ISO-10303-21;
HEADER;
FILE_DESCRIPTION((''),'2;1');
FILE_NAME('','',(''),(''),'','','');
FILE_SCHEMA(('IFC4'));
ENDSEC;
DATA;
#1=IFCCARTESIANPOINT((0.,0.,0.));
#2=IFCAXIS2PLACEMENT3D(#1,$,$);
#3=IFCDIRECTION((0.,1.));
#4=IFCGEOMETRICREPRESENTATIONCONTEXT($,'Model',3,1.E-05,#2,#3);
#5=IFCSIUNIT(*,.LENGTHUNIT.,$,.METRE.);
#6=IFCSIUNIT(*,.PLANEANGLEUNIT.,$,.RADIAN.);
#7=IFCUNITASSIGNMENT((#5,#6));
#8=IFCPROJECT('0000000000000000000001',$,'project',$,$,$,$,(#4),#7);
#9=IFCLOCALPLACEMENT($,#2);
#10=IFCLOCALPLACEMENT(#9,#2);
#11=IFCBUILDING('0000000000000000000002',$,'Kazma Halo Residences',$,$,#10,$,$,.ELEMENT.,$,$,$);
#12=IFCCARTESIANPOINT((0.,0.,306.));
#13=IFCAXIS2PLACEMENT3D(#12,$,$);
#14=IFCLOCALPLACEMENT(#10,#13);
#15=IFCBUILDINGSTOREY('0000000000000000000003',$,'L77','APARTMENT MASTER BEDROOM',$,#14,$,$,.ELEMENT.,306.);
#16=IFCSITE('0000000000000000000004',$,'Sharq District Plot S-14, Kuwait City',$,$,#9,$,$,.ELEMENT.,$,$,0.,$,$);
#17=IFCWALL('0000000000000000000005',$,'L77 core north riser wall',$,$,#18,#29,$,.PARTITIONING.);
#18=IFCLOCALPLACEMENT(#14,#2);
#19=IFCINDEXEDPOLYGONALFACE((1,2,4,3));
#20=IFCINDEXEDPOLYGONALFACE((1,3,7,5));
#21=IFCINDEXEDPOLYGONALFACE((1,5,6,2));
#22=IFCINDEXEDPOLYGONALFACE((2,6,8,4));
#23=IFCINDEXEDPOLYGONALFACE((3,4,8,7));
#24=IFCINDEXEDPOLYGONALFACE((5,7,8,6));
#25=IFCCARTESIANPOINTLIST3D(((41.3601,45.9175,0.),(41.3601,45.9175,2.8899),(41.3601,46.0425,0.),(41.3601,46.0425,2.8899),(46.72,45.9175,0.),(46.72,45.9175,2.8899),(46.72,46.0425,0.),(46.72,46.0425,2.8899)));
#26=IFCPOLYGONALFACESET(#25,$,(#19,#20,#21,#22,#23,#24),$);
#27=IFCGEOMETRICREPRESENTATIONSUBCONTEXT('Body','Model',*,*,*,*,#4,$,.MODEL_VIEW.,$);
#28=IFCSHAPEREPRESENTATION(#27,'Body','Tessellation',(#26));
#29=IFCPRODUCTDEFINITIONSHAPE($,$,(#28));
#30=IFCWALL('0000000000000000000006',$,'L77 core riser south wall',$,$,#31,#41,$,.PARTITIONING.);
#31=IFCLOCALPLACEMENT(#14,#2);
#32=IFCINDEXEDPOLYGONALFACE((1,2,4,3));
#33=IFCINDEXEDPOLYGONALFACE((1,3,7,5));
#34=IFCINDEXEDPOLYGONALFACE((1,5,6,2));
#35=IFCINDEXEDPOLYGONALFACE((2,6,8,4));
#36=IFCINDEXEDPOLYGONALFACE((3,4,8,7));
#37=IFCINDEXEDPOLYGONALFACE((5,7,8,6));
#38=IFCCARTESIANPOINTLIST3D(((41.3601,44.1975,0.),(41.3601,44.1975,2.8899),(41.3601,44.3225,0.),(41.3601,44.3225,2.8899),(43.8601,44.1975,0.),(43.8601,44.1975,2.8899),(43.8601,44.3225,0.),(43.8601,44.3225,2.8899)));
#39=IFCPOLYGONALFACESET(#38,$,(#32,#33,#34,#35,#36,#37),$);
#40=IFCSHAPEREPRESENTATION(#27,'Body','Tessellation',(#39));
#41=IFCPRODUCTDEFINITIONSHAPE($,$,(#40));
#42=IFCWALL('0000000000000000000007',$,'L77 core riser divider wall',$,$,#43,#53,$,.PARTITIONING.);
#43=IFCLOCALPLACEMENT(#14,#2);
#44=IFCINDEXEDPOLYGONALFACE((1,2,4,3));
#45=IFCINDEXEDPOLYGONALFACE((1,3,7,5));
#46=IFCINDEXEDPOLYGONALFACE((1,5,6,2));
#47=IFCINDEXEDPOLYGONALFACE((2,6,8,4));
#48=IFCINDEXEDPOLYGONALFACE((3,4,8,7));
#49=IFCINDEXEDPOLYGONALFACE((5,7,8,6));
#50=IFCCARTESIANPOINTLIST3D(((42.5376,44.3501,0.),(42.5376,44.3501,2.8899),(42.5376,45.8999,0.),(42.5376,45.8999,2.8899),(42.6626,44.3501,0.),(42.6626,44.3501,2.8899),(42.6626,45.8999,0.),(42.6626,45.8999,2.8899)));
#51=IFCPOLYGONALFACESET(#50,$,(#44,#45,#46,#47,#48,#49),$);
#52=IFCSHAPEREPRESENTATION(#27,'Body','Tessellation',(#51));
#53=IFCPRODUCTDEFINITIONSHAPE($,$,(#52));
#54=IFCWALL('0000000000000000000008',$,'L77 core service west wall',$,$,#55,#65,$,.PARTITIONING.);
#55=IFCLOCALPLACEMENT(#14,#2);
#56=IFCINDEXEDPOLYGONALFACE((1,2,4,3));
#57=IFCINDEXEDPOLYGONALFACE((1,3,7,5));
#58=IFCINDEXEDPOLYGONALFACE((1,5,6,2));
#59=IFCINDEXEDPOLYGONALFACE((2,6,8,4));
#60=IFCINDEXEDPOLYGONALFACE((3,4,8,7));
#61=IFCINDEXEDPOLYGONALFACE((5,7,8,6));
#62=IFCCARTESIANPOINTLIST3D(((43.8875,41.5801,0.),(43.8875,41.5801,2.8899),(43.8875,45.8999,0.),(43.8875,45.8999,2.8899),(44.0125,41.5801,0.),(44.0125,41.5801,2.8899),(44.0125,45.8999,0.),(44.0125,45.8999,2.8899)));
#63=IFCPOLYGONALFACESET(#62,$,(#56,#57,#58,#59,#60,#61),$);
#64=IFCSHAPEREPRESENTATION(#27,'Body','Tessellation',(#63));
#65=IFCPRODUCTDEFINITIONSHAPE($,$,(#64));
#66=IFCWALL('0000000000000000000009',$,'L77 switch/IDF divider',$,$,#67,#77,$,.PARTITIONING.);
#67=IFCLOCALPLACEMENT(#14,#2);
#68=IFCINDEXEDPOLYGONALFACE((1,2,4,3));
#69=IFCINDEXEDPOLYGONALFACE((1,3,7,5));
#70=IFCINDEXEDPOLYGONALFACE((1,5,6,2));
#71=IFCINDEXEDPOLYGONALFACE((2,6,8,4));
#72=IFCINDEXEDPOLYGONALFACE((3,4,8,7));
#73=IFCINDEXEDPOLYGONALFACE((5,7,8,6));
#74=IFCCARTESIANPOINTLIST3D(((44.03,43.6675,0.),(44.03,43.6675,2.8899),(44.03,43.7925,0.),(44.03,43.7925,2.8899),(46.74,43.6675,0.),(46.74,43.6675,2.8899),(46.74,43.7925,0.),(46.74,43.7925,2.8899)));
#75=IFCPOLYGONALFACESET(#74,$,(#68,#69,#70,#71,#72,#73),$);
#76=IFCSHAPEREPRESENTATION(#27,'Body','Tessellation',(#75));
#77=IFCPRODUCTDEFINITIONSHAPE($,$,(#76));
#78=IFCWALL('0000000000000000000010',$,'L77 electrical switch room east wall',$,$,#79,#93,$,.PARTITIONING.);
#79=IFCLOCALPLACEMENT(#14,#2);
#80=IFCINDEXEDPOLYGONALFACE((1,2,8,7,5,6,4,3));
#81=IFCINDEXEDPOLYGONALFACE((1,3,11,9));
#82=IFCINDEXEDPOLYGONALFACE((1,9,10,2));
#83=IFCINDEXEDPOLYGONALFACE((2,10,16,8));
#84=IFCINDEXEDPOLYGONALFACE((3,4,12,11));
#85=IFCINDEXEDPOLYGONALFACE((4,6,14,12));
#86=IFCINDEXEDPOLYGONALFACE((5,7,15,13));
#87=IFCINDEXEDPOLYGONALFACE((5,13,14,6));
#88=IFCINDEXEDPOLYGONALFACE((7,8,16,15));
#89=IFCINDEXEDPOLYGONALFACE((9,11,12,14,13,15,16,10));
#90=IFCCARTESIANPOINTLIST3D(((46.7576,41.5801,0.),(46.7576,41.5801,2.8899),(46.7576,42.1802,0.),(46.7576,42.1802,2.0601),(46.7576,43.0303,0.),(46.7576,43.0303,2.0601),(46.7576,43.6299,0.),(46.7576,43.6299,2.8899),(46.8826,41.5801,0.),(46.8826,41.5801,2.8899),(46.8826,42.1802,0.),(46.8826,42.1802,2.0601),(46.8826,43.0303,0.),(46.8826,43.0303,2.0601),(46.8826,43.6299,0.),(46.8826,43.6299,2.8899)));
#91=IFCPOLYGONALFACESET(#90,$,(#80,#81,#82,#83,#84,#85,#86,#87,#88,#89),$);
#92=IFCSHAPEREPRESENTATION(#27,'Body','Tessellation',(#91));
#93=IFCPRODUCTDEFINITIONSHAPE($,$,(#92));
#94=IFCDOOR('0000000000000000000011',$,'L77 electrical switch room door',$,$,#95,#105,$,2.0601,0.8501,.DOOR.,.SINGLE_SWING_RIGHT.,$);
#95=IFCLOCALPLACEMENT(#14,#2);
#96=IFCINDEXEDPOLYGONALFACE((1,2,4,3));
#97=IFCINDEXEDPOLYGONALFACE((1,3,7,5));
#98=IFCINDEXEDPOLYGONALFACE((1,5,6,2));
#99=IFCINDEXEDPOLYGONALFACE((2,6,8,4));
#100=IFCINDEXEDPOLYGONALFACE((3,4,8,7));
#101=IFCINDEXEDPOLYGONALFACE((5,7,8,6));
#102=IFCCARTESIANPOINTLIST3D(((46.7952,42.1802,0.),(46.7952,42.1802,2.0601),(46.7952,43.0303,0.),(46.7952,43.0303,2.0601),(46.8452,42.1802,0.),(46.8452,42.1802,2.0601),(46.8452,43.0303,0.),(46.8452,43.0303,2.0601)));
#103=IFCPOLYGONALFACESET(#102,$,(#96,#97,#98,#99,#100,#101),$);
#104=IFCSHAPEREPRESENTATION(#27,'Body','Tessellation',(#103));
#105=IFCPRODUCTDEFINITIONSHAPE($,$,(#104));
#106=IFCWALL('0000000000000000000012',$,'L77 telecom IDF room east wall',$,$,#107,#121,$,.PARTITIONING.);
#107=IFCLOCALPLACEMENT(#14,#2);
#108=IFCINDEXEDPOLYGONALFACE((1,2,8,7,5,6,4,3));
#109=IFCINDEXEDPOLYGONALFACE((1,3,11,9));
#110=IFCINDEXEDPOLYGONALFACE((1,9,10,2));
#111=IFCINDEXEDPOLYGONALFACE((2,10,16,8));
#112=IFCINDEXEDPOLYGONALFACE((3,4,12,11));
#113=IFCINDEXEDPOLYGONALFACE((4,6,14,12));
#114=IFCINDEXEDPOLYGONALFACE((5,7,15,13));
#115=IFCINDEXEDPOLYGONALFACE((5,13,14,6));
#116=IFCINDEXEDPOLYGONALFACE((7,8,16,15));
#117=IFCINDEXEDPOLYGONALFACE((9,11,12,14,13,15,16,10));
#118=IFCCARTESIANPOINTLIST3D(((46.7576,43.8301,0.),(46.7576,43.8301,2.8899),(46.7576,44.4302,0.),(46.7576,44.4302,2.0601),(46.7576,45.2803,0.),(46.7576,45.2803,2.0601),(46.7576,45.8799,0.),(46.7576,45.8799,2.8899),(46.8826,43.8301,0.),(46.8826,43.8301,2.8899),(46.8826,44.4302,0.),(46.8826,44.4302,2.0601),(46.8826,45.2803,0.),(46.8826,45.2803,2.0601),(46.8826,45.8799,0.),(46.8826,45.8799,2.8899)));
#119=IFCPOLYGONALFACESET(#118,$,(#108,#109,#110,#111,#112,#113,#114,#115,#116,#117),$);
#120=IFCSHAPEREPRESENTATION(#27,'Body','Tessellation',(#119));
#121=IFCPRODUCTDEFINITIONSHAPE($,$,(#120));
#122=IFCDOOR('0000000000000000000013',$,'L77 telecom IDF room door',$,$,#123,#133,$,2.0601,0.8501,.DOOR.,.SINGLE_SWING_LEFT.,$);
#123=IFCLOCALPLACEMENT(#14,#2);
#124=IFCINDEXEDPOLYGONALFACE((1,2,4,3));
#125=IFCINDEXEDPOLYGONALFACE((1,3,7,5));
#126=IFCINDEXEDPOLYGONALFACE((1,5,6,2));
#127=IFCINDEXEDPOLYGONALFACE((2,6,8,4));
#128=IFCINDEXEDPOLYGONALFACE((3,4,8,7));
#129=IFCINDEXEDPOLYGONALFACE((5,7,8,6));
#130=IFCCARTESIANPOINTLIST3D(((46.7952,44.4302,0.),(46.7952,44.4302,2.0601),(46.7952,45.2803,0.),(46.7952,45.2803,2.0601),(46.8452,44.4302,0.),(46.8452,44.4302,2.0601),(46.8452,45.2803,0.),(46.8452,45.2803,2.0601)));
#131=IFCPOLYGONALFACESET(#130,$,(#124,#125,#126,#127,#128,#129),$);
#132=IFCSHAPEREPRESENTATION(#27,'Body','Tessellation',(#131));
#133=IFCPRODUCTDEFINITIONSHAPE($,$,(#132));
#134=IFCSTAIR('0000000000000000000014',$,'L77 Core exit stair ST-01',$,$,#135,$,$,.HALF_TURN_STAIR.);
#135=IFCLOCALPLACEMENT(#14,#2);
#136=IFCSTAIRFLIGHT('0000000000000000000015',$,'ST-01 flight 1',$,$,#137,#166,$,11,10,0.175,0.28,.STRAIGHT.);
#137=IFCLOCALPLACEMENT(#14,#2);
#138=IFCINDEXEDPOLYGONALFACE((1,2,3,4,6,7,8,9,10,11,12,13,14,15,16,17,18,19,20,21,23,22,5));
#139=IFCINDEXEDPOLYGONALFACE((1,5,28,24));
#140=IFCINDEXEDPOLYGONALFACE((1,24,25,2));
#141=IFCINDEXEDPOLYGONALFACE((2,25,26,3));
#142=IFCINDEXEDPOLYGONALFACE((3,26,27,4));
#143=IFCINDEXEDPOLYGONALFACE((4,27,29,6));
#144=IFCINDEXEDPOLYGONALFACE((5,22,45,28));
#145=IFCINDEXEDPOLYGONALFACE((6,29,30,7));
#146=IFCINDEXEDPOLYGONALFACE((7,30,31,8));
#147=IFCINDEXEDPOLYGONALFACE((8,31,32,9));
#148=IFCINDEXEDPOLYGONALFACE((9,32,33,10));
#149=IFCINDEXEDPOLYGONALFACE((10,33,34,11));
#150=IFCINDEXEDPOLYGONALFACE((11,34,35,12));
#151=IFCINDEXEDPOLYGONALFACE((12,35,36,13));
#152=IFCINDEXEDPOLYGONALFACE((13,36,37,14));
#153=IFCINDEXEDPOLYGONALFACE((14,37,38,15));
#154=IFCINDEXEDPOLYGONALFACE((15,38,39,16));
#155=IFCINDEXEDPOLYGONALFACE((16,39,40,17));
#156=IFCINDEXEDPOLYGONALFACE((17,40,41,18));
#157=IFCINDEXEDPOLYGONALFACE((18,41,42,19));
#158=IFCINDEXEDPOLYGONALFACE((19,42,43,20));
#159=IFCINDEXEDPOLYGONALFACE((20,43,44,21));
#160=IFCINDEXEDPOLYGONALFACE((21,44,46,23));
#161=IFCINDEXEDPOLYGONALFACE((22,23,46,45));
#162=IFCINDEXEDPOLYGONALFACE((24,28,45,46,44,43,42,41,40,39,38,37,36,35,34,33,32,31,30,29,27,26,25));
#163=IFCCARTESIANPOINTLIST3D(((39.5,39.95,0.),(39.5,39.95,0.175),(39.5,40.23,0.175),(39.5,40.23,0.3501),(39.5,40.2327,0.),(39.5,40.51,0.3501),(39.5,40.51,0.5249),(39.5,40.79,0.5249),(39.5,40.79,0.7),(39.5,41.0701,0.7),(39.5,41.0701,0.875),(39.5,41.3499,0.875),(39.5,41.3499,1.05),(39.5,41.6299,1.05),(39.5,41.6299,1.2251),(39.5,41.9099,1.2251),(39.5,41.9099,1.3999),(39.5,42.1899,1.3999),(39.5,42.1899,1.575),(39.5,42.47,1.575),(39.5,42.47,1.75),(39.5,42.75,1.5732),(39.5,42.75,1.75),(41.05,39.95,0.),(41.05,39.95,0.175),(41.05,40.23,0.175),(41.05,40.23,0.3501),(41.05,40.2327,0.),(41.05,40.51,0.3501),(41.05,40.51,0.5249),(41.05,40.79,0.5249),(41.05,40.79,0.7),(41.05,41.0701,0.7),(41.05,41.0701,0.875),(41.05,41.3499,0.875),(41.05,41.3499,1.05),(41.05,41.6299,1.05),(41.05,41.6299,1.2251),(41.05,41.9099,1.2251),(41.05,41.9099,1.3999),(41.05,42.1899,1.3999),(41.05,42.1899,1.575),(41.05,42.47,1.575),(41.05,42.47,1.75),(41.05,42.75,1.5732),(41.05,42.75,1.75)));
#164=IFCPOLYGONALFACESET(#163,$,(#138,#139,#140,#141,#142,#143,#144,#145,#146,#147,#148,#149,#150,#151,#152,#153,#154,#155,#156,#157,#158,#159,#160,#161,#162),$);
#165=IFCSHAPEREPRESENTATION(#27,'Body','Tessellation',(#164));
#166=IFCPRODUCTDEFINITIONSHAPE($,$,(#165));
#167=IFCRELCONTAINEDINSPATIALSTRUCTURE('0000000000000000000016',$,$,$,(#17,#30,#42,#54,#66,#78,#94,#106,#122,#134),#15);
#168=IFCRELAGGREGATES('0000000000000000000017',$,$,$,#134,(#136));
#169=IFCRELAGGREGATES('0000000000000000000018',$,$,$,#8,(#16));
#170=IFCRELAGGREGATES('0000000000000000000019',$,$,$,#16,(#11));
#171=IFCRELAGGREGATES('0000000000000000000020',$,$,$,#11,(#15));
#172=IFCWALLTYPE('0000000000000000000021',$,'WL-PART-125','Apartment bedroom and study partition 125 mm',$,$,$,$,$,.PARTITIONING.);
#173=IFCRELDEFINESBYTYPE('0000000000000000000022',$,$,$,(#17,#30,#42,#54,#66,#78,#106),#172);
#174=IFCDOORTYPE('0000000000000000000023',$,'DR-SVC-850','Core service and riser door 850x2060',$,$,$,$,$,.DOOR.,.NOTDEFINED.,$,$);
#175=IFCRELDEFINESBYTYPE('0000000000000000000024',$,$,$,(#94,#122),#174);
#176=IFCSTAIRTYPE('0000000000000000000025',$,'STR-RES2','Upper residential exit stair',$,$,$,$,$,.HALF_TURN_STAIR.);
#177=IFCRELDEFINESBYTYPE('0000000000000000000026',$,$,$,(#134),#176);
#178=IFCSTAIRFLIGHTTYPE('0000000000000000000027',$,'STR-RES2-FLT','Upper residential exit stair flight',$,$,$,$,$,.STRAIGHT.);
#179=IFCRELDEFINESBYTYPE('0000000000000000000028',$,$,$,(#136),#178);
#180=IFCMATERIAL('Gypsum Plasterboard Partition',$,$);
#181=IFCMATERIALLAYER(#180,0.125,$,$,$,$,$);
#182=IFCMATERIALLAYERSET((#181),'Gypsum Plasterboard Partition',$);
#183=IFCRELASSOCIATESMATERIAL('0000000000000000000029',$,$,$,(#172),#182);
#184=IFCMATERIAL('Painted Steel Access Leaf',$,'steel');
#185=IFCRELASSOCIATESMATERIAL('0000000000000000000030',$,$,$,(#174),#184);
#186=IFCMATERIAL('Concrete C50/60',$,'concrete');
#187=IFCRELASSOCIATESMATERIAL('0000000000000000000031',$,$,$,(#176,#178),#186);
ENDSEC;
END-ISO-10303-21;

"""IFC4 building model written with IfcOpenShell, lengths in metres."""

from ifc_helpers import new_model, si_unit, direction, frame, frame_2d, origin, place, context, subcontext, project, spatial, polyline, rectangle, outline, extrude, material, layer, layer_set, type_object, element, fill, aggregate, save


model = new_model("IFC4")

# Units and contexts
model_context = context("Model", 3, precision=1e-05, world=origin(), true_north=direction((0.0, 1.0)))
body_context = subcontext(model_context, "Body", "Model", "MODEL_VIEW")
ifc_project = project(units=[si_unit("LENGTHUNIT", "METRE"), si_unit("PLANEANGLEUNIT", "RADIAN")], contexts=[model_context])

# Site, building, storey
site_placement = place(None, origin())
site = spatial("IfcSite", under=ifc_project, at=site_placement, Name="Sharq District Plot S-14, Kuwait City", CompositionType="ELEMENT", RefElevation=0.0)
building_placement = place(site_placement, origin())
building = spatial("IfcBuilding", under=site, at=building_placement, Name="Kazma Halo Residences", CompositionType="ELEMENT")
storey_placement = place(building_placement, frame((0.0, 0.0, 306.0)))
storey = spatial("IfcBuildingStorey", under=building, at=storey_placement, Name="L77", Description="APARTMENT MASTER BEDROOM", CompositionType="ELEMENT", Elevation=306.0)

# Walls
ifc_material_1 = material(Name="Gypsum Plasterboard Partition")
ifc_layer_1 = layer(ifc_material_1, 0.125)
ifc_layer_set_1 = layer_set([ifc_layer_1], Name="Gypsum Plasterboard Partition")
wall_type_1 = type_object("IfcWallType", Name="WL-PART-125", Description="Apartment bedroom and study partition 125 mm", PredefinedType="PARTITIONING", material=ifc_layer_set_1)
wall_1_placement = place(storey_placement, frame((41.3601, 45.98, 0.0), z_axis=(0.0, 0.0, 1.0), x_axis=(1.0, 0.0, 0.0)))
element("IfcWall", 1, at=wall_1_placement, inside=storey, type_object=wall_type_1, Name="L77 core north riser wall", PredefinedType="PARTITIONING", context=body_context, shape_type="SweptSolid", body=[
    extrude(rectangle(XDim=5.3599, YDim=0.125, at=frame_2d((2.6799, 0.0))), origin(), (0.0, 0.0, 1.0), 2.8899),
])
wall_2_placement = place(storey_placement, frame((41.3601, 44.26, 0.0), z_axis=(0.0, 0.0, 1.0), x_axis=(1.0, 0.0, 0.0)))
element("IfcWall", 2, at=wall_2_placement, inside=storey, type_object=wall_type_1, Name="L77 core riser south wall", PredefinedType="PARTITIONING", context=body_context, shape_type="SweptSolid", body=[
    extrude(rectangle(XDim=2.5, YDim=0.125, at=frame_2d((1.25, 0.0))), origin(), (0.0, 0.0, 1.0), 2.8899),
])
wall_3_placement = place(storey_placement, frame((42.6001, 44.3501, 0.0), z_axis=(0.0, 0.0, 1.0), x_axis=(0.0, 1.0, 0.0)))
element("IfcWall", 3, at=wall_3_placement, inside=storey, type_object=wall_type_1, Name="L77 core riser divider wall", PredefinedType="PARTITIONING", context=body_context, shape_type="SweptSolid", body=[
    extrude(rectangle(XDim=1.5498, YDim=0.125, at=frame_2d((0.7749, 0.0))), origin(), (0.0, 0.0, 1.0), 2.8899),
])
wall_4_placement = place(storey_placement, frame((43.95, 41.5801, 0.0), z_axis=(0.0, 0.0, 1.0), x_axis=(0.0, 1.0, 0.0)))
element("IfcWall", 4, at=wall_4_placement, inside=storey, type_object=wall_type_1, Name="L77 core service west wall", PredefinedType="PARTITIONING", context=body_context, shape_type="SweptSolid", body=[
    extrude(rectangle(XDim=4.3198, YDim=0.125, at=frame_2d((2.1599, 0.0))), origin(), (0.0, 0.0, 1.0), 2.8899),
])
wall_5_placement = place(storey_placement, frame((44.03, 43.73, 0.0), z_axis=(0.0, 0.0, 1.0), x_axis=(1.0, 0.0, 0.0)))
element("IfcWall", 5, at=wall_5_placement, inside=storey, type_object=wall_type_1, Name="L77 switch/IDF divider", PredefinedType="PARTITIONING", context=body_context, shape_type="SweptSolid", body=[
    extrude(rectangle(XDim=2.71, YDim=0.125, at=frame_2d((1.355, 0.0))), origin(), (0.0, 0.0, 1.0), 2.8899),
])

# Walls, openings, doors
wall_6_placement = place(storey_placement, frame((46.8201, 41.5801, 0.0), z_axis=(0.0, 0.0, 1.0), x_axis=(0.0, 1.0, 0.0)))
wall_6 = element("IfcWall", 6, at=wall_6_placement, inside=storey, type_object=wall_type_1, Name="L77 electrical switch room east wall", PredefinedType="PARTITIONING", context=body_context, shape_type="SweptSolid", body=[
    extrude(rectangle(XDim=2.0498, YDim=0.125, at=frame_2d((1.0249, 0.0))), origin(), (0.0, 0.0, 1.0), 2.8899),
])
opening_1_placement = place(wall_6_placement, frame((0.6001, 0.0, 0.0)))
opening_1 = element("IfcOpeningElement", 7, at=opening_1_placement, cuts=wall_6, PredefinedType="OPENING", context=body_context, shape_type="SweptSolid", body=[
    extrude(rectangle(XDim=0.8501, YDim=2.0601, at=frame_2d((0.425, 1.03))), frame((0.0, 0.0725, 0.0), z_axis=(0.0, -1.0, 0.0), x_axis=(1.0, 0.0, 0.0)), (0.0, 0.0, 1.0), 0.145),
])
ifc_material_2 = material(Name="Painted Steel Access Leaf", Category="steel")
door_type_1 = type_object("IfcDoorType", Name="DR-SVC-850", Description="Core service and riser door 850x2060", OperationType="NOTDEFINED", PredefinedType="DOOR", material=ifc_material_2)
door_1_placement = place(opening_1_placement, origin())
door_1 = element("IfcDoor", 8, at=door_1_placement, inside=storey, type_object=door_type_1, Name="L77 electrical switch room door", OperationType="SINGLE_SWING_RIGHT", OverallHeight=2.0601, OverallWidth=0.8501, PredefinedType="DOOR", context=body_context, shape_type="SweptSolid", body=[
    extrude(rectangle(XDim=0.8501, YDim=2.0601, at=frame_2d((0.425, 1.03))), frame((0.0, 0.0249, 0.0), z_axis=(0.0, -1.0, 0.0), x_axis=(1.0, 0.0, 0.0)), (0.0, 0.0, 1.0), 0.05),
])
fill(opening_1, door_1)
wall_7_placement = place(storey_placement, frame((46.8201, 43.8301, 0.0), z_axis=(0.0, 0.0, 1.0), x_axis=(0.0, 1.0, 0.0)))
wall_7 = element("IfcWall", 9, at=wall_7_placement, inside=storey, type_object=wall_type_1, Name="L77 telecom IDF room east wall", PredefinedType="PARTITIONING", context=body_context, shape_type="SweptSolid", body=[
    extrude(rectangle(XDim=2.0498, YDim=0.125, at=frame_2d((1.0249, 0.0))), origin(), (0.0, 0.0, 1.0), 2.8899),
])
opening_2_placement = place(wall_7_placement, frame((0.6001, 0.0, 0.0)))
opening_2 = element("IfcOpeningElement", 10, at=opening_2_placement, cuts=wall_7, PredefinedType="OPENING", context=body_context, shape_type="SweptSolid", body=[
    extrude(rectangle(XDim=0.8501, YDim=2.0601, at=frame_2d((0.425, 1.03))), frame((0.0, 0.0725, 0.0), z_axis=(0.0, -1.0, 0.0), x_axis=(1.0, 0.0, 0.0)), (0.0, 0.0, 1.0), 0.145),
])
door_2_placement = place(opening_2_placement, origin())
door_2 = element("IfcDoor", 11, at=door_2_placement, inside=storey, type_object=door_type_1, Name="L77 telecom IDF room door", OperationType="SINGLE_SWING_LEFT", OverallHeight=2.0601, OverallWidth=0.8501, PredefinedType="DOOR", context=body_context, shape_type="SweptSolid", body=[
    extrude(rectangle(XDim=0.8501, YDim=2.0601, at=frame_2d((0.425, 1.03))), frame((0.0, 0.0249, 0.0), z_axis=(0.0, -1.0, 0.0), x_axis=(1.0, 0.0, 0.0)), (0.0, 0.0, 1.0), 0.05),
])
fill(opening_2, door_2)

# Stair, stair flight
ifc_material_3 = material(Name="Concrete C50/60", Category="concrete")
stair_type = type_object("IfcStairType", Name="STR-RES2", Description="Upper residential exit stair", PredefinedType="HALF_TURN_STAIR", material=ifc_material_3)
stair_placement = place(storey_placement, origin())
stair = element("IfcStair", 12, at=stair_placement, inside=storey, type_object=stair_type, Name="L77 Core exit stair ST-01", PredefinedType="HALF_TURN_STAIR")
stair_flight_type = type_object("IfcStairFlightType", Name="STR-RES2-FLT", Description="Upper residential exit stair flight", PredefinedType="STRAIGHT", material=ifc_material_3)
stair_flight_1_placement = place(storey_placement, frame((40.2749, 39.95, 0.0), z_axis=(0.0, 0.0, 1.0), x_axis=(0.0, 1.0, 0.0)))
stair_flight_1 = element("IfcStairFlight", 13, at=stair_flight_1_placement, type_object=stair_flight_type, Name="ST-01 flight 1", NumberOfRisers=11, NumberOfTreads=10, PredefinedType="STRAIGHT", RiserHeight=0.175, TreadLength=0.28, context=body_context, shape_type="SweptSolid", body=[
    extrude(outline(polyline([(0.0, 0.0), (0.0, 0.175), (0.28, 0.175), (0.28, 0.3501), (0.5601, 0.3501), (0.5601, 0.5249), (0.8401, 0.5249), (0.8401, 0.7), (1.1201, 0.7), (1.1201, 0.875), (1.3999, 0.875), (1.3999, 1.05), (1.6799, 1.05), (1.6799, 1.2251), (1.96, 1.2251), (1.96, 1.3999), (2.24, 1.3999), (2.24, 1.575), (2.52, 1.575), (2.52, 1.75), (2.8, 1.75), (2.8, 1.925), (2.8, 1.5732), (0.2827, 0.0), (0.0, 0.0)])), frame((0.0, 0.7749, 0.0), z_axis=(0.0, -1.0, 0.0), x_axis=(1.0, 0.0, 0.0)), (0.0, 0.0, 1.0), 1.55),
])
aggregate(stair, [stair_flight_1])

save(model, "model.ifc")
